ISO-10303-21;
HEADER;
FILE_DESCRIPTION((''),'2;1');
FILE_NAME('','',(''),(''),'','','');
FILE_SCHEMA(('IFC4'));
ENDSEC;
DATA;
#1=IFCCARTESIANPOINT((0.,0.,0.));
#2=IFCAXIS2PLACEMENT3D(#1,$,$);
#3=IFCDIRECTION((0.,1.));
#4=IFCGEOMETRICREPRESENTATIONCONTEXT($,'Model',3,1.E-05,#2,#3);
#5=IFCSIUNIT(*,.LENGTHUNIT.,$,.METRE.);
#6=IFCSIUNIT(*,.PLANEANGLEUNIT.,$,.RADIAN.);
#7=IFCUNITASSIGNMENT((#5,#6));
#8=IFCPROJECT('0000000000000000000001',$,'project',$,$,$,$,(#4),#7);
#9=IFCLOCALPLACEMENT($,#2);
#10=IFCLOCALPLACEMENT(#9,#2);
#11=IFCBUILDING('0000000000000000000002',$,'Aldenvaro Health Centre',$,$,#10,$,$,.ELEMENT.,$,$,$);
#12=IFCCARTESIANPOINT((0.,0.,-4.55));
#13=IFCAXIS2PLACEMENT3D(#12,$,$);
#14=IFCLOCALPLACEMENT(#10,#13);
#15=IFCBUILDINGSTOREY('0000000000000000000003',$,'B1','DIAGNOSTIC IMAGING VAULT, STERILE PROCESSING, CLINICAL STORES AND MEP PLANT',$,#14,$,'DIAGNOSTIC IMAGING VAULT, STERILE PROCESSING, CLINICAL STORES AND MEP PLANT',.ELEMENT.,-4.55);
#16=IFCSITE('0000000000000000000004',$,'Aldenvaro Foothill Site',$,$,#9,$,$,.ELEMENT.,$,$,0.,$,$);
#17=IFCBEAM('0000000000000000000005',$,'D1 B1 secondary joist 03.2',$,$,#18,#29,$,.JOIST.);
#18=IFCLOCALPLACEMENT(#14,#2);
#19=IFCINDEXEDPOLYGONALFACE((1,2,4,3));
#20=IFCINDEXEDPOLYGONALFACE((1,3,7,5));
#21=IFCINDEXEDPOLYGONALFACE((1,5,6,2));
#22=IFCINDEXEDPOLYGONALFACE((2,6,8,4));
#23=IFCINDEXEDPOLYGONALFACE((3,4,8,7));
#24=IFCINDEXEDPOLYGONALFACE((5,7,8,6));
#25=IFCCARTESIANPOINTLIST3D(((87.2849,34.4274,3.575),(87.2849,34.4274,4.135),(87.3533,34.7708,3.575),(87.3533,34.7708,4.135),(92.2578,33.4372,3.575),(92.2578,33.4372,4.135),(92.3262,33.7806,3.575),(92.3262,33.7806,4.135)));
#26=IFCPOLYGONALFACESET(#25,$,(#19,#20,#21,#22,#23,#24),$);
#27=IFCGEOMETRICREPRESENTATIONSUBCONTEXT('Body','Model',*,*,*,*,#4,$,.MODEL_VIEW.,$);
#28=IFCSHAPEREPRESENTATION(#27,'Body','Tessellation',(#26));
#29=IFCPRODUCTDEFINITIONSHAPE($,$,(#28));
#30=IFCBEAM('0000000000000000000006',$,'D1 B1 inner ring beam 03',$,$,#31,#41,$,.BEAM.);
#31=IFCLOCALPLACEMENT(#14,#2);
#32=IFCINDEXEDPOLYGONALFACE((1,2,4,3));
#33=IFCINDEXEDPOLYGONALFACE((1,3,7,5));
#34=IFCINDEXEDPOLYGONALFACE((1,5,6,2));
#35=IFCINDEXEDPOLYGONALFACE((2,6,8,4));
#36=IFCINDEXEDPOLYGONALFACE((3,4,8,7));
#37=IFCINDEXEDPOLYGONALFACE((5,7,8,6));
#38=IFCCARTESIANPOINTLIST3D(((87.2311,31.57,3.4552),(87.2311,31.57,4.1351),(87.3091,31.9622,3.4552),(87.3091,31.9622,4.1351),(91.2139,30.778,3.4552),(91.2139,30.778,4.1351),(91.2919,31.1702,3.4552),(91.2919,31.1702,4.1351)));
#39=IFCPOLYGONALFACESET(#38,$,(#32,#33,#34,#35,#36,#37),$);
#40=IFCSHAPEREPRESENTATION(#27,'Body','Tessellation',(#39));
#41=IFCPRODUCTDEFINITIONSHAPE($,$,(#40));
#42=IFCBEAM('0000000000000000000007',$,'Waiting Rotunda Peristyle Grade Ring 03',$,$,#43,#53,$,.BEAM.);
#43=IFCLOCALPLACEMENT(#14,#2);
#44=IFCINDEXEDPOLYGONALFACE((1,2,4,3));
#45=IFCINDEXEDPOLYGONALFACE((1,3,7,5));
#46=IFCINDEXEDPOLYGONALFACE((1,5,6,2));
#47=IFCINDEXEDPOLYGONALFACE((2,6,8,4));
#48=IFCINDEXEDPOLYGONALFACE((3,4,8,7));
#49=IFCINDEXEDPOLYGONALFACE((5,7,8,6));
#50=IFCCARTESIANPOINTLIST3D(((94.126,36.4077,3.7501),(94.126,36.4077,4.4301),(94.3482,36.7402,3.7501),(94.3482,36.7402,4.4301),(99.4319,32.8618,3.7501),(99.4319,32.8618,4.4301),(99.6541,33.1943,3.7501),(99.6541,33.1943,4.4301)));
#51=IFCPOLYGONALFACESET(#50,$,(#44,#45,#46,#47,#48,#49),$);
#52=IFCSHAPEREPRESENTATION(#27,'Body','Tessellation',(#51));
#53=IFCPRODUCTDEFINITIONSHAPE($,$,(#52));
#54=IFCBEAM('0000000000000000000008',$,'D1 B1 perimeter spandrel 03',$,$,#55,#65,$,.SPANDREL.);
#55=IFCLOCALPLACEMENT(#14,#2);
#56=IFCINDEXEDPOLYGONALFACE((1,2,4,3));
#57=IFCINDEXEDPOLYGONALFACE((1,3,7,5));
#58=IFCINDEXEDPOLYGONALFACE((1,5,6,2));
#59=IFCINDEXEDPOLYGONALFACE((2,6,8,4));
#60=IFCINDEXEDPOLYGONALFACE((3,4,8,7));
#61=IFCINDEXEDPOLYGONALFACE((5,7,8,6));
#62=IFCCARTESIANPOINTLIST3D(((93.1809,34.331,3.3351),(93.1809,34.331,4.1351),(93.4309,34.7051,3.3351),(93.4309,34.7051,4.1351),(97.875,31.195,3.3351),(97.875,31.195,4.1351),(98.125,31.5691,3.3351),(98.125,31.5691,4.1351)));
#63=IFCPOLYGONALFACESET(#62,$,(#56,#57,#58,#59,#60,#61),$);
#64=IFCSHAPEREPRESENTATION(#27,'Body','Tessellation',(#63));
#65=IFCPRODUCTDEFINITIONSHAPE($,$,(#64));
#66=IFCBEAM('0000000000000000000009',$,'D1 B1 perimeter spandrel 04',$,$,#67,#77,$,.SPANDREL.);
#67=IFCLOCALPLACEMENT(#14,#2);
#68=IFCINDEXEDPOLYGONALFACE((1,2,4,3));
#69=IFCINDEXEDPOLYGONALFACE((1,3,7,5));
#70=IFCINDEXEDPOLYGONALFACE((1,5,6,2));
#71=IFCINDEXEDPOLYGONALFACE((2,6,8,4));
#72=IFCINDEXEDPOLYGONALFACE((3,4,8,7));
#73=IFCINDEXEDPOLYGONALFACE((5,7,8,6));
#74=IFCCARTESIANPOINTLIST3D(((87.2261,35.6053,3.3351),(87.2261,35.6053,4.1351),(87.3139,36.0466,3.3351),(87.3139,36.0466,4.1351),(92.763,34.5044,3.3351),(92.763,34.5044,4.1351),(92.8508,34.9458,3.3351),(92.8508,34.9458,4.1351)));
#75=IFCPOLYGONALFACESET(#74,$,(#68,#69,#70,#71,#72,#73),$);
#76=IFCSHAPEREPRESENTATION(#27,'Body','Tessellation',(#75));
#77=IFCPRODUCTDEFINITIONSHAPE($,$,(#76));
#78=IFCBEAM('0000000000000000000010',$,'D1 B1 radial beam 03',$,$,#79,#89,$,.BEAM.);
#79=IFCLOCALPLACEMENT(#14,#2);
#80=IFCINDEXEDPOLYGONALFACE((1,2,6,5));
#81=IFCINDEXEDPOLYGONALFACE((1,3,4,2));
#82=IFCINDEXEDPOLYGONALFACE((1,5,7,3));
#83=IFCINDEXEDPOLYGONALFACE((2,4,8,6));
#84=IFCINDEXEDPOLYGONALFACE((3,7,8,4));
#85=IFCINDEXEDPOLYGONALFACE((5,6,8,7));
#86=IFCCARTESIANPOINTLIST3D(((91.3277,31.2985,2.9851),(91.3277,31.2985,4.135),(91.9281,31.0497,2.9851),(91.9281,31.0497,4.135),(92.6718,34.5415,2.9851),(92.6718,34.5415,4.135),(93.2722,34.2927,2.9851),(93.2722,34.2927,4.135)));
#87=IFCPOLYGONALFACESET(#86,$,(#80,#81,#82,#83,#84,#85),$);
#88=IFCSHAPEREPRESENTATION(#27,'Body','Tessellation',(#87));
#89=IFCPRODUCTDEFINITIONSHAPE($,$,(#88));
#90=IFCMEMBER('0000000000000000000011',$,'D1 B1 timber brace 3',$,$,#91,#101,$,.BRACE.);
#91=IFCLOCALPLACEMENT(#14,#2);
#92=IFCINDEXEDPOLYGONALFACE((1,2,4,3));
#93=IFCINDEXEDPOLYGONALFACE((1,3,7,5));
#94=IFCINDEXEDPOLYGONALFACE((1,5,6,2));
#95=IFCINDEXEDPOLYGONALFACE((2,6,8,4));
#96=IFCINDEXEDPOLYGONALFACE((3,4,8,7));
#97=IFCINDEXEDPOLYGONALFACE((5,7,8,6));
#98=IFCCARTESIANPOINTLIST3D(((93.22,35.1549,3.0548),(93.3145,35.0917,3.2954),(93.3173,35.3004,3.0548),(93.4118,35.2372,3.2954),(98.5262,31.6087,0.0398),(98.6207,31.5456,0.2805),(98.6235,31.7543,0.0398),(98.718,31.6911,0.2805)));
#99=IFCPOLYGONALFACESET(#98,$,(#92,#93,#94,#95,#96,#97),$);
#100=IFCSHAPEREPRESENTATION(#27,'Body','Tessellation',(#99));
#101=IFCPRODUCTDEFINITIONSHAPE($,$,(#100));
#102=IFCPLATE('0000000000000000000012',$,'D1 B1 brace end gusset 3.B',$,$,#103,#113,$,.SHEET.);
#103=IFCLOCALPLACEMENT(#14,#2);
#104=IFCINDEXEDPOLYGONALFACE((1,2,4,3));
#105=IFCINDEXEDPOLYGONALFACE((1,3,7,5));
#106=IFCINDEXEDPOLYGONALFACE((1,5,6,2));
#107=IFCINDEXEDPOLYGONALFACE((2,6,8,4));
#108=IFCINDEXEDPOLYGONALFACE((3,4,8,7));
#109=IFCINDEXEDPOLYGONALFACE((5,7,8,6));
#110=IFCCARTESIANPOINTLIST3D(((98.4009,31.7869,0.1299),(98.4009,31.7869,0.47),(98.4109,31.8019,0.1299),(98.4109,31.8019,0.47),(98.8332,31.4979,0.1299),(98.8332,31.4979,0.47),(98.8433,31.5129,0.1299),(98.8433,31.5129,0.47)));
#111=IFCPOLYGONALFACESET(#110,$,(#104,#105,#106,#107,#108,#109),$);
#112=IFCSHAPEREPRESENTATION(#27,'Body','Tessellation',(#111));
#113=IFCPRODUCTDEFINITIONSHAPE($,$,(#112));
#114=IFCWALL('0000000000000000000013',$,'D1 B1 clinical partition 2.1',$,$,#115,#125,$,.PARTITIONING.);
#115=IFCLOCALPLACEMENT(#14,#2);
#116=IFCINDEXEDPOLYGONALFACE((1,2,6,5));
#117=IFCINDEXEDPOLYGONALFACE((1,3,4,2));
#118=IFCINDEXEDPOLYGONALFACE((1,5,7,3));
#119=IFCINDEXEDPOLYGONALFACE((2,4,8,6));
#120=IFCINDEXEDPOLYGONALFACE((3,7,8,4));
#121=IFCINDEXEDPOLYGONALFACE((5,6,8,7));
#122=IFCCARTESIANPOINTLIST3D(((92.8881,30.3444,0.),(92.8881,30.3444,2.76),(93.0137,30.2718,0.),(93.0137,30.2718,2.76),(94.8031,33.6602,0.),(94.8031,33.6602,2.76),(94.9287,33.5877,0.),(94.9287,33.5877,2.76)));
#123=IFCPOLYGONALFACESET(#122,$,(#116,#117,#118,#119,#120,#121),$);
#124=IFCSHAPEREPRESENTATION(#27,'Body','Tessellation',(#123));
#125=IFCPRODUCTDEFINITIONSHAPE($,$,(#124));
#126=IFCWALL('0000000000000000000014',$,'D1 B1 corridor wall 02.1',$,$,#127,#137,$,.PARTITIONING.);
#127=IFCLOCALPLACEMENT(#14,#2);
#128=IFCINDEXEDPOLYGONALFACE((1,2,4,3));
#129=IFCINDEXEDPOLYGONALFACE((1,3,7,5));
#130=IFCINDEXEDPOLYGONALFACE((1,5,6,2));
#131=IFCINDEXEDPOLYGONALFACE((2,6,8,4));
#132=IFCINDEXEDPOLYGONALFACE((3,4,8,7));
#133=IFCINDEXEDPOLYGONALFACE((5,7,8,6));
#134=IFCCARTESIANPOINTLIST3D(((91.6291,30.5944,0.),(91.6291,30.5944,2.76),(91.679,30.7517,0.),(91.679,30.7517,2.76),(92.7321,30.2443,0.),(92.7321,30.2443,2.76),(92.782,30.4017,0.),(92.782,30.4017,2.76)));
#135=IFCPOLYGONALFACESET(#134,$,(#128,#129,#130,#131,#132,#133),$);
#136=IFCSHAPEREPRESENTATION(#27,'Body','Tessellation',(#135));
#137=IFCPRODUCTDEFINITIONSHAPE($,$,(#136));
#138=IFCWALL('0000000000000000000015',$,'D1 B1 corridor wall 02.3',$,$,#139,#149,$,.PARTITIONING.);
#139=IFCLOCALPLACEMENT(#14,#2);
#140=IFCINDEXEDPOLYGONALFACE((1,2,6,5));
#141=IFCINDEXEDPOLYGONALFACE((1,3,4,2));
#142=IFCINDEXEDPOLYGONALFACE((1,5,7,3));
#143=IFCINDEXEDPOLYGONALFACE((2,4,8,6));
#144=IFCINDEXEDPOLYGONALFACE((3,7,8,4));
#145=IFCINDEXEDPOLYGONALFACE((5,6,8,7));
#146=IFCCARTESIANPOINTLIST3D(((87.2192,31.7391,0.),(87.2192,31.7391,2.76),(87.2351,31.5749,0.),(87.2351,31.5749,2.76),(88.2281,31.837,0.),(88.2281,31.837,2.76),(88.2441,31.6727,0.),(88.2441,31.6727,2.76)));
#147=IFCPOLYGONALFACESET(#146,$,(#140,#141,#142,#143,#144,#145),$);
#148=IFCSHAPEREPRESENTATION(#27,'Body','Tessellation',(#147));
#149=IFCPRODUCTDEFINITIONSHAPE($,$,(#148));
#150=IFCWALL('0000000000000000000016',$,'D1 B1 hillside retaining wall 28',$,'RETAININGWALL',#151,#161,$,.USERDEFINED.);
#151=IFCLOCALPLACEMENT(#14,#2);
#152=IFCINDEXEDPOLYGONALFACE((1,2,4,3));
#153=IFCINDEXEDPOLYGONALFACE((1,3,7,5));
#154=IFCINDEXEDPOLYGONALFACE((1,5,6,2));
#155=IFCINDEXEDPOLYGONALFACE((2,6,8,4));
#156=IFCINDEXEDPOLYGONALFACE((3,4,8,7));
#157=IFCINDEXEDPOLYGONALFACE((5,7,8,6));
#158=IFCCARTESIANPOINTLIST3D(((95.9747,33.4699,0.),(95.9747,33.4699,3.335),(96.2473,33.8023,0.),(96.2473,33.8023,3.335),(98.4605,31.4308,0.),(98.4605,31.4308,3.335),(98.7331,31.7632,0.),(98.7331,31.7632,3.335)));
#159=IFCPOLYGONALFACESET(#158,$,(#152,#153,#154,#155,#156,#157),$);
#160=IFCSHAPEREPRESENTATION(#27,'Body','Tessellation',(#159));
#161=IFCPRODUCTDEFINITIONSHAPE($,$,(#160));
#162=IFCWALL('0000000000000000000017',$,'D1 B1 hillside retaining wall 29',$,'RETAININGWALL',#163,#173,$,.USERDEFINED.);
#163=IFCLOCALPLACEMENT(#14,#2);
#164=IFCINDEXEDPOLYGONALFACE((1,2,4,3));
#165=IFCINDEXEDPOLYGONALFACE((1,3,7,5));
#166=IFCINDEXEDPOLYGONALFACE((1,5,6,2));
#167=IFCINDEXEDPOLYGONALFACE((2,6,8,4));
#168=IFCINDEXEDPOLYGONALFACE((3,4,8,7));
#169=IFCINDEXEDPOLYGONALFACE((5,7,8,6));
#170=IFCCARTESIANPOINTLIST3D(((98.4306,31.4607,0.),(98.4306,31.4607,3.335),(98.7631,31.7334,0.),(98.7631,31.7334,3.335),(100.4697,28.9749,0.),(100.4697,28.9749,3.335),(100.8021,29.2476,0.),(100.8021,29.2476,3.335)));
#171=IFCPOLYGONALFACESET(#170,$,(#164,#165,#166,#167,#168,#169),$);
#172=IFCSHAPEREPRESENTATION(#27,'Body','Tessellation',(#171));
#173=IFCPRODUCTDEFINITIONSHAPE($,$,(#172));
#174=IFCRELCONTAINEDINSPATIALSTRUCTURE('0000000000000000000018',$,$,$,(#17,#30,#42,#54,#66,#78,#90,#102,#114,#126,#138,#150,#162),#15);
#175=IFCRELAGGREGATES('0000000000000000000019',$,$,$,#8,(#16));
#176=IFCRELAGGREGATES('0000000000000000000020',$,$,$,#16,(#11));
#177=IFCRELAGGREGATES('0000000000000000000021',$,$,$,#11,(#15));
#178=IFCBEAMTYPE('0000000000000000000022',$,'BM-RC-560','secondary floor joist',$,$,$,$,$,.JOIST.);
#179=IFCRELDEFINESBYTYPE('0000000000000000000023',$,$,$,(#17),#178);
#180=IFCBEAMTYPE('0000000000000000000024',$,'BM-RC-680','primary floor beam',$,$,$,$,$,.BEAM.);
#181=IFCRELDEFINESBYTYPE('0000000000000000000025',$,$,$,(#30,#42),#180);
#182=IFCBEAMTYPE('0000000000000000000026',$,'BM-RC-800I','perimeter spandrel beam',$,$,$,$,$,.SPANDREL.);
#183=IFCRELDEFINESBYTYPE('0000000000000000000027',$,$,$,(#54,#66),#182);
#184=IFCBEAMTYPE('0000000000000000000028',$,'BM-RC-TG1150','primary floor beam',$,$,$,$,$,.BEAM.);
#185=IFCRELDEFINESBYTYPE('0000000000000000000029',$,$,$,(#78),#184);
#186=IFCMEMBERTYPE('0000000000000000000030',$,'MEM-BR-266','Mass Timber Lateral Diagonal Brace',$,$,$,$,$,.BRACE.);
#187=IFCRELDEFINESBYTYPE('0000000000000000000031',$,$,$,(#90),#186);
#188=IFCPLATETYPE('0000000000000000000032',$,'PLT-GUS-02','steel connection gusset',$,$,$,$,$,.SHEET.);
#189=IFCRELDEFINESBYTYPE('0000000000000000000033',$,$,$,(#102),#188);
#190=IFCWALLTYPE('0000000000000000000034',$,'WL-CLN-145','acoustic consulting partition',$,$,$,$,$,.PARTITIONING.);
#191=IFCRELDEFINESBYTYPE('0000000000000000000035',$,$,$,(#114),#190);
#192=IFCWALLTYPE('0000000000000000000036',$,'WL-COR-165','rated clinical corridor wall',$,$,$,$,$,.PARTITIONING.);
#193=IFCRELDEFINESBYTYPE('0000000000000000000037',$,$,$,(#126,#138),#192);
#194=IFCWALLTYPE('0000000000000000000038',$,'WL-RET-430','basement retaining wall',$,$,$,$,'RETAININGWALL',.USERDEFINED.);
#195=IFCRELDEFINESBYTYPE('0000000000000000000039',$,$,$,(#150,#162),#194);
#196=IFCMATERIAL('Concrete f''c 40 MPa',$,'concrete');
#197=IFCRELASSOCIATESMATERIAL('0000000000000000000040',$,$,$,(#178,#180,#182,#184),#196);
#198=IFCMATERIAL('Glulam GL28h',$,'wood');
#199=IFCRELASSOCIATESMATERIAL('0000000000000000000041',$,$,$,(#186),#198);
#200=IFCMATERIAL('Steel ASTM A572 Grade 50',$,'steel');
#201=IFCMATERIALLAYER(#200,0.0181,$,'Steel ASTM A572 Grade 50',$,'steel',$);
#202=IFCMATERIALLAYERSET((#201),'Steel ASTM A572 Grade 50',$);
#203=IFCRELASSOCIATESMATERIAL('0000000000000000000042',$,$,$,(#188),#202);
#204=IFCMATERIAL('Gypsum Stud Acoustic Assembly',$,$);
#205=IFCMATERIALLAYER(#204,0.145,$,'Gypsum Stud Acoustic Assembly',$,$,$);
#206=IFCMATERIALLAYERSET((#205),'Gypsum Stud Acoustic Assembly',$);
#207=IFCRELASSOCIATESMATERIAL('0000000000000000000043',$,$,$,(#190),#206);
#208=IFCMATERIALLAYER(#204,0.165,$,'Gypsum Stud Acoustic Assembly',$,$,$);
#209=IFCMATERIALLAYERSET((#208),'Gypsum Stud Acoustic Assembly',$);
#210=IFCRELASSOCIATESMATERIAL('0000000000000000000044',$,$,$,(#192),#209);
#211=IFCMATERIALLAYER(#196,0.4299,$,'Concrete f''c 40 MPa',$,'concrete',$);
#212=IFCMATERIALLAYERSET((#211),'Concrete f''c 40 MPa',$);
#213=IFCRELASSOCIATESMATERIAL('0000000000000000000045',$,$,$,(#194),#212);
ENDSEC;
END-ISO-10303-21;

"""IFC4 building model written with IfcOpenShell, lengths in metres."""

from ifc_helpers import new_model, si_unit, direction, frame, frame_2d, origin, origin_2d, place, context, subcontext, project, spatial, rectangle, extrude, material, layer, layer_set, material_profile, profile_set, type_object, element, save


model = new_model("IFC4")

# Units and contexts
model_context = context("Model", 3, precision=1e-05, world=origin(), true_north=direction((0.0, 1.0)))
body_context = subcontext(model_context, "Body", "Model", "MODEL_VIEW")
ifc_project = project(units=[si_unit("LENGTHUNIT", "METRE"), si_unit("PLANEANGLEUNIT", "RADIAN")], contexts=[model_context])

# Site, building, storey
site_placement = place(None, origin())
site = spatial("IfcSite", under=ifc_project, at=site_placement, Name="Aldenvaro Foothill Site", CompositionType="ELEMENT", RefElevation=0.0)
building_placement = place(site_placement, origin())
building = spatial("IfcBuilding", under=site, at=building_placement, Name="Aldenvaro Health Centre", CompositionType="ELEMENT")
storey_placement = place(building_placement, frame((0.0, 0.0, -4.55)))
storey = spatial("IfcBuildingStorey", under=building, at=storey_placement, Name="B1", Description="DIAGNOSTIC IMAGING VAULT, STERILE PROCESSING, CLINICAL STORES AND MEP PLANT", LongName="DIAGNOSTIC IMAGING VAULT, STERILE PROCESSING, CLINICAL STORES AND MEP PLANT", CompositionType="ELEMENT", Elevation=-4.55)

# Shared definitions
ifc_material_1 = material(Name="Concrete f'c 40 MPa", Category="concrete")

# Beams
ifc_material_profile_1 = material_profile(ifc_material_1, rectangle(XDim=0.3501, YDim=0.5601, at=origin_2d()), Name="RC 350x560", Category="concrete")
ifc_profile_set_1 = profile_set([ifc_material_profile_1], Name="Concrete f'c 40 MPa")
beam_type_1 = type_object("IfcBeamType", Name="BM-RC-560", Description="secondary floor joist", PredefinedType="JOIST", material=ifc_profile_set_1)
beam_1_placement = place(storey_placement, frame((92.292, 33.6089, 3.855), z_axis=(-0.980745, 0.195292, 0.0), x_axis=(-0.195292, -0.980745, 0.0)))
element("IfcBeam", 1, at=beam_1_placement, inside=storey, type_object=beam_type_1, Name="D1 B1 secondary joist 03.2", PredefinedType="JOIST", context=body_context, shape_type="SweptSolid", body=[
    extrude(rectangle(XDim=0.3501, YDim=0.5601, at=origin_2d()), origin(), (0.0, 0.0, 1.0), 5.0706),
])
ifc_material_profile_2 = material_profile(ifc_material_1, rectangle(XDim=0.3999, YDim=0.6799, at=origin_2d()), Name="RC 400x680", Category="concrete")
ifc_profile_set_2 = profile_set([ifc_material_profile_2], Name="Concrete f'c 40 MPa")
beam_type_2 = type_object("IfcBeamType", Name="BM-RC-680", Description="primary floor beam", PredefinedType="BEAM", material=ifc_profile_set_2)
beam_2_placement = place(storey_placement, frame((91.2529, 30.9741, 3.7952), z_axis=(-0.980797, 0.195029, 0.0), x_axis=(-0.195029, -0.980797, 0.0)))
element("IfcBeam", 2, at=beam_2_placement, inside=storey, type_object=beam_type_2, Name="D1 B1 inner ring beam 03", PredefinedType="BEAM", context=body_context, shape_type="SweptSolid", body=[
    extrude(rectangle(XDim=0.3999, YDim=0.6799, at=origin_2d()), origin(), (0.0, 0.0, 1.0), 4.0608),
])
beam_3_placement = place(storey_placement, frame((99.543, 33.0281, 4.0901), z_axis=(-0.831426, 0.555636, 0.0), x_axis=(-0.555636, -0.831426, 0.0)))
element("IfcBeam", 3, at=beam_3_placement, inside=storey, type_object=beam_type_2, Name="Waiting Rotunda Peristyle Grade Ring 03", PredefinedType="BEAM", context=body_context, shape_type="SweptSolid", body=[
    extrude(rectangle(XDim=0.3999, YDim=0.6799, at=origin_2d()), origin(), (0.0, 0.0, 1.0), 6.3816),
])
ifc_material_profile_3 = material_profile(ifc_material_1, rectangle(XDim=0.45, YDim=0.8, at=origin_2d()), Name="RC 450x800", Category="concrete")
ifc_profile_set_3 = profile_set([ifc_material_profile_3], Name="Concrete f'c 40 MPa")
beam_type_3 = type_object("IfcBeamType", Name="BM-RC-800I", Description="perimeter spandrel beam", PredefinedType="SPANDREL", material=ifc_profile_set_3)
for number, where, z_axis, x_axis, name in (
    (4, (98.0, 31.3821, 3.7351), (-0.831511, 0.555508, 0.0), (-0.555508, -0.831511, 0.0), "D1 B1 perimeter spandrel 03"),
    (5, (92.8069, 34.7251, 3.7351), (-0.980803, 0.195002, 0.0), (-0.195002, -0.980803, 0.0), "D1 B1 perimeter spandrel 04"),
):
    element("IfcBeam", number, at=place(storey_placement, frame(where, z_axis=z_axis, x_axis=x_axis)), inside=storey, type_object=beam_type_3, Name=name, PredefinedType="SPANDREL", context=body_context, shape_type="SweptSolid", body=[
        extrude(rectangle(XDim=0.45, YDim=0.8, at=origin_2d()), origin(), (0.0, 0.0, 1.0), 5.6453),
    ])
ifc_material_profile_4 = material_profile(ifc_material_1, rectangle(XDim=0.6499, YDim=1.1499, at=origin_2d()), Name="RC 650x1150", Category="concrete")
ifc_profile_set_4 = profile_set([ifc_material_profile_4], Name="Concrete f'c 40 MPa")
beam_type_4 = type_object("IfcBeamType", Name="BM-RC-TG1150", Description="primary floor beam", PredefinedType="BEAM", material=ifc_profile_set_4)
beam_4_placement = place(storey_placement, frame((91.6279, 31.1741, 3.5601), z_axis=(0.382862, 0.923806, 0.0), x_axis=(-0.923806, 0.382862, 0.0)))
element("IfcBeam", 6, at=beam_4_placement, inside=storey, type_object=beam_type_4, Name="D1 B1 radial beam 03", PredefinedType="BEAM", context=body_context, shape_type="SweptSolid", body=[
    extrude(rectangle(XDim=0.6499, YDim=1.1499, at=origin_2d()), origin(), (0.0, 0.0, 1.0), 3.5105),
])

# Member
ifc_material_2 = material(Name="Glulam GL28h", Category="wood")
ifc_material_profile_5 = material_profile(ifc_material_2, rectangle(XDim=0.175, YDim=0.2661, at=origin_2d()), Name="GL 175x266", Category="wood")
ifc_profile_set_5 = profile_set([ifc_material_profile_5], Name="Glulam GL28h")
member_type = type_object("IfcMemberType", Name="MEM-BR-266", Description="Mass Timber Lateral Diagonal Brace", PredefinedType="BRACE", material=ifc_profile_set_5)
member_placement = place(storey_placement, frame((98.6221, 31.6499, 0.1602), z_axis=(-0.751758, 0.502406, 0.42714), x_axis=(-0.555644, -0.83142, 0.0)))
element("IfcMember", 7, at=member_placement, inside=storey, type_object=member_type, Name="D1 B1 timber brace 3", PredefinedType="BRACE", context=body_context, shape_type="SweptSolid", body=[
    extrude(rectangle(XDim=0.175, YDim=0.2661, at=origin_2d()), origin(), (0.0, 0.0, 1.0), 7.0583),
])

# Plate
ifc_material_3 = material(Name="Steel ASTM A572 Grade 50", Category="steel")
ifc_layer_1 = layer(ifc_material_3, 0.0181, Name="Steel ASTM A572 Grade 50", Category="steel")
ifc_layer_set_1 = layer_set([ifc_layer_1], Name="Steel ASTM A572 Grade 50")
plate_type = type_object("IfcPlateType", Name="PLT-GUS-02", Description="steel connection gusset", PredefinedType="SHEET", material=ifc_layer_set_1)
plate_placement = place(storey_placement, frame((98.6221, 31.6499, 0.1299), z_axis=(0.0, 0.0, 1.0), x_axis=(-0.831421, 0.555643, 0.0)))
element("IfcPlate", 8, at=plate_placement, inside=storey, type_object=plate_type, Name="D1 B1 brace end gusset 3.B", PredefinedType="SHEET", context=body_context, shape_type="SweptSolid", body=[
    extrude(rectangle(XDim=0.52, YDim=0.0181, at=origin_2d()), origin(), (0.0, 0.0, 1.0), 0.3401),
])

# Walls
ifc_material_4 = material(Name="Gypsum Stud Acoustic Assembly")
ifc_layer_2 = layer(ifc_material_4, 0.145, Name="Gypsum Stud Acoustic Assembly")
ifc_layer_set_2 = layer_set([ifc_layer_2], Name="Gypsum Stud Acoustic Assembly")
wall_type_1 = type_object("IfcWallType", Name="WL-CLN-145", Description="acoustic consulting partition", PredefinedType="PARTITIONING", material=ifc_layer_set_2)
wall_1_placement = place(storey_placement, frame((92.9509, 30.3081, 0.0), z_axis=(0.0, 0.0, 1.0), x_axis=(0.500116, 0.865958, 0.0)))
element("IfcWall", 9, at=wall_1_placement, inside=storey, type_object=wall_type_1, Name="D1 B1 clinical partition 2.1", PredefinedType="PARTITIONING", context=body_context, shape_type="SweptSolid", body=[
    extrude(rectangle(XDim=3.8291, YDim=0.145, at=frame_2d((1.9146, 0.0))), origin(), (0.0, 0.0, 1.0), 2.76),
])
ifc_layer_3 = layer(ifc_material_4, 0.165, Name="Gypsum Stud Acoustic Assembly")
ifc_layer_set_3 = layer_set([ifc_layer_3], Name="Gypsum Stud Acoustic Assembly")
wall_type_2 = type_object("IfcWallType", Name="WL-COR-165", Description="rated clinical corridor wall", PredefinedType="PARTITIONING", material=ifc_layer_set_3)
wall_2_placement = place(storey_placement, frame((92.7571, 30.323, 0.0), z_axis=(0.0, 0.0, 1.0), x_axis=(-0.953142, 0.302524, 0.0)))
element("IfcWall", 10, at=wall_2_placement, inside=storey, type_object=wall_type_2, Name="D1 B1 corridor wall 02.1", PredefinedType="PARTITIONING", context=body_context, shape_type="SweptSolid", body=[
    extrude(rectangle(XDim=1.1572, YDim=0.165, at=frame_2d((0.5786, 0.0))), origin(), (0.0, 0.0, 1.0), 2.76),
])

# Walls
wall_3_placement = place(storey_placement, frame((88.2361, 31.7549, 0.0), z_axis=(0.0, 0.0, 1.0), x_axis=(-0.995326, -0.09657, 0.0)))
element("IfcWall", 11, at=wall_3_placement, inside=storey, type_object=wall_type_2, Name="D1 B1 corridor wall 02.3", PredefinedType="PARTITIONING", context=body_context, shape_type="SweptSolid", body=[
    extrude(rectangle(XDim=1.0137, YDim=0.165, at=frame_2d((0.5068, 0.0))), origin(), (0.0, 0.0, 1.0), 2.76),
])
ifc_layer_4 = layer(ifc_material_1, 0.4299, Name="Concrete f'c 40 MPa", Category="concrete")
ifc_layer_set_4 = layer_set([ifc_layer_4], Name="Concrete f'c 40 MPa")
wall_type_3 = type_object("IfcWallType", Name="WL-RET-430", Description="basement retaining wall", ElementType="RETAININGWALL", PredefinedType="USERDEFINED", material=ifc_layer_set_4)
for number, where, z_axis, x_axis, name in (
    (12, (96.1111, 33.636, 0.0), (0.0, 0.0, 1.0), (0.773165, -0.634205, 0.0), "D1 B1 hillside retaining wall 28"),
    (13, (98.5969, 31.5969, 0.0), (0.0, 0.0, 1.0), (0.634205, -0.773165, 0.0), "D1 B1 hillside retaining wall 29"),
):
    element("IfcWall", number, at=place(storey_placement, frame(where, z_axis=z_axis, x_axis=x_axis)), inside=storey, type_object=wall_type_3, Name=name, ObjectType="RETAININGWALL", PredefinedType="USERDEFINED", context=body_context, shape_type="SweptSolid", body=[
        extrude(rectangle(XDim=3.2151, YDim=0.4299, at=frame_2d((1.6074, 0.0))), origin(), (0.0, 0.0, 1.0), 3.335),
    ])

save(model, "model.ifc")
